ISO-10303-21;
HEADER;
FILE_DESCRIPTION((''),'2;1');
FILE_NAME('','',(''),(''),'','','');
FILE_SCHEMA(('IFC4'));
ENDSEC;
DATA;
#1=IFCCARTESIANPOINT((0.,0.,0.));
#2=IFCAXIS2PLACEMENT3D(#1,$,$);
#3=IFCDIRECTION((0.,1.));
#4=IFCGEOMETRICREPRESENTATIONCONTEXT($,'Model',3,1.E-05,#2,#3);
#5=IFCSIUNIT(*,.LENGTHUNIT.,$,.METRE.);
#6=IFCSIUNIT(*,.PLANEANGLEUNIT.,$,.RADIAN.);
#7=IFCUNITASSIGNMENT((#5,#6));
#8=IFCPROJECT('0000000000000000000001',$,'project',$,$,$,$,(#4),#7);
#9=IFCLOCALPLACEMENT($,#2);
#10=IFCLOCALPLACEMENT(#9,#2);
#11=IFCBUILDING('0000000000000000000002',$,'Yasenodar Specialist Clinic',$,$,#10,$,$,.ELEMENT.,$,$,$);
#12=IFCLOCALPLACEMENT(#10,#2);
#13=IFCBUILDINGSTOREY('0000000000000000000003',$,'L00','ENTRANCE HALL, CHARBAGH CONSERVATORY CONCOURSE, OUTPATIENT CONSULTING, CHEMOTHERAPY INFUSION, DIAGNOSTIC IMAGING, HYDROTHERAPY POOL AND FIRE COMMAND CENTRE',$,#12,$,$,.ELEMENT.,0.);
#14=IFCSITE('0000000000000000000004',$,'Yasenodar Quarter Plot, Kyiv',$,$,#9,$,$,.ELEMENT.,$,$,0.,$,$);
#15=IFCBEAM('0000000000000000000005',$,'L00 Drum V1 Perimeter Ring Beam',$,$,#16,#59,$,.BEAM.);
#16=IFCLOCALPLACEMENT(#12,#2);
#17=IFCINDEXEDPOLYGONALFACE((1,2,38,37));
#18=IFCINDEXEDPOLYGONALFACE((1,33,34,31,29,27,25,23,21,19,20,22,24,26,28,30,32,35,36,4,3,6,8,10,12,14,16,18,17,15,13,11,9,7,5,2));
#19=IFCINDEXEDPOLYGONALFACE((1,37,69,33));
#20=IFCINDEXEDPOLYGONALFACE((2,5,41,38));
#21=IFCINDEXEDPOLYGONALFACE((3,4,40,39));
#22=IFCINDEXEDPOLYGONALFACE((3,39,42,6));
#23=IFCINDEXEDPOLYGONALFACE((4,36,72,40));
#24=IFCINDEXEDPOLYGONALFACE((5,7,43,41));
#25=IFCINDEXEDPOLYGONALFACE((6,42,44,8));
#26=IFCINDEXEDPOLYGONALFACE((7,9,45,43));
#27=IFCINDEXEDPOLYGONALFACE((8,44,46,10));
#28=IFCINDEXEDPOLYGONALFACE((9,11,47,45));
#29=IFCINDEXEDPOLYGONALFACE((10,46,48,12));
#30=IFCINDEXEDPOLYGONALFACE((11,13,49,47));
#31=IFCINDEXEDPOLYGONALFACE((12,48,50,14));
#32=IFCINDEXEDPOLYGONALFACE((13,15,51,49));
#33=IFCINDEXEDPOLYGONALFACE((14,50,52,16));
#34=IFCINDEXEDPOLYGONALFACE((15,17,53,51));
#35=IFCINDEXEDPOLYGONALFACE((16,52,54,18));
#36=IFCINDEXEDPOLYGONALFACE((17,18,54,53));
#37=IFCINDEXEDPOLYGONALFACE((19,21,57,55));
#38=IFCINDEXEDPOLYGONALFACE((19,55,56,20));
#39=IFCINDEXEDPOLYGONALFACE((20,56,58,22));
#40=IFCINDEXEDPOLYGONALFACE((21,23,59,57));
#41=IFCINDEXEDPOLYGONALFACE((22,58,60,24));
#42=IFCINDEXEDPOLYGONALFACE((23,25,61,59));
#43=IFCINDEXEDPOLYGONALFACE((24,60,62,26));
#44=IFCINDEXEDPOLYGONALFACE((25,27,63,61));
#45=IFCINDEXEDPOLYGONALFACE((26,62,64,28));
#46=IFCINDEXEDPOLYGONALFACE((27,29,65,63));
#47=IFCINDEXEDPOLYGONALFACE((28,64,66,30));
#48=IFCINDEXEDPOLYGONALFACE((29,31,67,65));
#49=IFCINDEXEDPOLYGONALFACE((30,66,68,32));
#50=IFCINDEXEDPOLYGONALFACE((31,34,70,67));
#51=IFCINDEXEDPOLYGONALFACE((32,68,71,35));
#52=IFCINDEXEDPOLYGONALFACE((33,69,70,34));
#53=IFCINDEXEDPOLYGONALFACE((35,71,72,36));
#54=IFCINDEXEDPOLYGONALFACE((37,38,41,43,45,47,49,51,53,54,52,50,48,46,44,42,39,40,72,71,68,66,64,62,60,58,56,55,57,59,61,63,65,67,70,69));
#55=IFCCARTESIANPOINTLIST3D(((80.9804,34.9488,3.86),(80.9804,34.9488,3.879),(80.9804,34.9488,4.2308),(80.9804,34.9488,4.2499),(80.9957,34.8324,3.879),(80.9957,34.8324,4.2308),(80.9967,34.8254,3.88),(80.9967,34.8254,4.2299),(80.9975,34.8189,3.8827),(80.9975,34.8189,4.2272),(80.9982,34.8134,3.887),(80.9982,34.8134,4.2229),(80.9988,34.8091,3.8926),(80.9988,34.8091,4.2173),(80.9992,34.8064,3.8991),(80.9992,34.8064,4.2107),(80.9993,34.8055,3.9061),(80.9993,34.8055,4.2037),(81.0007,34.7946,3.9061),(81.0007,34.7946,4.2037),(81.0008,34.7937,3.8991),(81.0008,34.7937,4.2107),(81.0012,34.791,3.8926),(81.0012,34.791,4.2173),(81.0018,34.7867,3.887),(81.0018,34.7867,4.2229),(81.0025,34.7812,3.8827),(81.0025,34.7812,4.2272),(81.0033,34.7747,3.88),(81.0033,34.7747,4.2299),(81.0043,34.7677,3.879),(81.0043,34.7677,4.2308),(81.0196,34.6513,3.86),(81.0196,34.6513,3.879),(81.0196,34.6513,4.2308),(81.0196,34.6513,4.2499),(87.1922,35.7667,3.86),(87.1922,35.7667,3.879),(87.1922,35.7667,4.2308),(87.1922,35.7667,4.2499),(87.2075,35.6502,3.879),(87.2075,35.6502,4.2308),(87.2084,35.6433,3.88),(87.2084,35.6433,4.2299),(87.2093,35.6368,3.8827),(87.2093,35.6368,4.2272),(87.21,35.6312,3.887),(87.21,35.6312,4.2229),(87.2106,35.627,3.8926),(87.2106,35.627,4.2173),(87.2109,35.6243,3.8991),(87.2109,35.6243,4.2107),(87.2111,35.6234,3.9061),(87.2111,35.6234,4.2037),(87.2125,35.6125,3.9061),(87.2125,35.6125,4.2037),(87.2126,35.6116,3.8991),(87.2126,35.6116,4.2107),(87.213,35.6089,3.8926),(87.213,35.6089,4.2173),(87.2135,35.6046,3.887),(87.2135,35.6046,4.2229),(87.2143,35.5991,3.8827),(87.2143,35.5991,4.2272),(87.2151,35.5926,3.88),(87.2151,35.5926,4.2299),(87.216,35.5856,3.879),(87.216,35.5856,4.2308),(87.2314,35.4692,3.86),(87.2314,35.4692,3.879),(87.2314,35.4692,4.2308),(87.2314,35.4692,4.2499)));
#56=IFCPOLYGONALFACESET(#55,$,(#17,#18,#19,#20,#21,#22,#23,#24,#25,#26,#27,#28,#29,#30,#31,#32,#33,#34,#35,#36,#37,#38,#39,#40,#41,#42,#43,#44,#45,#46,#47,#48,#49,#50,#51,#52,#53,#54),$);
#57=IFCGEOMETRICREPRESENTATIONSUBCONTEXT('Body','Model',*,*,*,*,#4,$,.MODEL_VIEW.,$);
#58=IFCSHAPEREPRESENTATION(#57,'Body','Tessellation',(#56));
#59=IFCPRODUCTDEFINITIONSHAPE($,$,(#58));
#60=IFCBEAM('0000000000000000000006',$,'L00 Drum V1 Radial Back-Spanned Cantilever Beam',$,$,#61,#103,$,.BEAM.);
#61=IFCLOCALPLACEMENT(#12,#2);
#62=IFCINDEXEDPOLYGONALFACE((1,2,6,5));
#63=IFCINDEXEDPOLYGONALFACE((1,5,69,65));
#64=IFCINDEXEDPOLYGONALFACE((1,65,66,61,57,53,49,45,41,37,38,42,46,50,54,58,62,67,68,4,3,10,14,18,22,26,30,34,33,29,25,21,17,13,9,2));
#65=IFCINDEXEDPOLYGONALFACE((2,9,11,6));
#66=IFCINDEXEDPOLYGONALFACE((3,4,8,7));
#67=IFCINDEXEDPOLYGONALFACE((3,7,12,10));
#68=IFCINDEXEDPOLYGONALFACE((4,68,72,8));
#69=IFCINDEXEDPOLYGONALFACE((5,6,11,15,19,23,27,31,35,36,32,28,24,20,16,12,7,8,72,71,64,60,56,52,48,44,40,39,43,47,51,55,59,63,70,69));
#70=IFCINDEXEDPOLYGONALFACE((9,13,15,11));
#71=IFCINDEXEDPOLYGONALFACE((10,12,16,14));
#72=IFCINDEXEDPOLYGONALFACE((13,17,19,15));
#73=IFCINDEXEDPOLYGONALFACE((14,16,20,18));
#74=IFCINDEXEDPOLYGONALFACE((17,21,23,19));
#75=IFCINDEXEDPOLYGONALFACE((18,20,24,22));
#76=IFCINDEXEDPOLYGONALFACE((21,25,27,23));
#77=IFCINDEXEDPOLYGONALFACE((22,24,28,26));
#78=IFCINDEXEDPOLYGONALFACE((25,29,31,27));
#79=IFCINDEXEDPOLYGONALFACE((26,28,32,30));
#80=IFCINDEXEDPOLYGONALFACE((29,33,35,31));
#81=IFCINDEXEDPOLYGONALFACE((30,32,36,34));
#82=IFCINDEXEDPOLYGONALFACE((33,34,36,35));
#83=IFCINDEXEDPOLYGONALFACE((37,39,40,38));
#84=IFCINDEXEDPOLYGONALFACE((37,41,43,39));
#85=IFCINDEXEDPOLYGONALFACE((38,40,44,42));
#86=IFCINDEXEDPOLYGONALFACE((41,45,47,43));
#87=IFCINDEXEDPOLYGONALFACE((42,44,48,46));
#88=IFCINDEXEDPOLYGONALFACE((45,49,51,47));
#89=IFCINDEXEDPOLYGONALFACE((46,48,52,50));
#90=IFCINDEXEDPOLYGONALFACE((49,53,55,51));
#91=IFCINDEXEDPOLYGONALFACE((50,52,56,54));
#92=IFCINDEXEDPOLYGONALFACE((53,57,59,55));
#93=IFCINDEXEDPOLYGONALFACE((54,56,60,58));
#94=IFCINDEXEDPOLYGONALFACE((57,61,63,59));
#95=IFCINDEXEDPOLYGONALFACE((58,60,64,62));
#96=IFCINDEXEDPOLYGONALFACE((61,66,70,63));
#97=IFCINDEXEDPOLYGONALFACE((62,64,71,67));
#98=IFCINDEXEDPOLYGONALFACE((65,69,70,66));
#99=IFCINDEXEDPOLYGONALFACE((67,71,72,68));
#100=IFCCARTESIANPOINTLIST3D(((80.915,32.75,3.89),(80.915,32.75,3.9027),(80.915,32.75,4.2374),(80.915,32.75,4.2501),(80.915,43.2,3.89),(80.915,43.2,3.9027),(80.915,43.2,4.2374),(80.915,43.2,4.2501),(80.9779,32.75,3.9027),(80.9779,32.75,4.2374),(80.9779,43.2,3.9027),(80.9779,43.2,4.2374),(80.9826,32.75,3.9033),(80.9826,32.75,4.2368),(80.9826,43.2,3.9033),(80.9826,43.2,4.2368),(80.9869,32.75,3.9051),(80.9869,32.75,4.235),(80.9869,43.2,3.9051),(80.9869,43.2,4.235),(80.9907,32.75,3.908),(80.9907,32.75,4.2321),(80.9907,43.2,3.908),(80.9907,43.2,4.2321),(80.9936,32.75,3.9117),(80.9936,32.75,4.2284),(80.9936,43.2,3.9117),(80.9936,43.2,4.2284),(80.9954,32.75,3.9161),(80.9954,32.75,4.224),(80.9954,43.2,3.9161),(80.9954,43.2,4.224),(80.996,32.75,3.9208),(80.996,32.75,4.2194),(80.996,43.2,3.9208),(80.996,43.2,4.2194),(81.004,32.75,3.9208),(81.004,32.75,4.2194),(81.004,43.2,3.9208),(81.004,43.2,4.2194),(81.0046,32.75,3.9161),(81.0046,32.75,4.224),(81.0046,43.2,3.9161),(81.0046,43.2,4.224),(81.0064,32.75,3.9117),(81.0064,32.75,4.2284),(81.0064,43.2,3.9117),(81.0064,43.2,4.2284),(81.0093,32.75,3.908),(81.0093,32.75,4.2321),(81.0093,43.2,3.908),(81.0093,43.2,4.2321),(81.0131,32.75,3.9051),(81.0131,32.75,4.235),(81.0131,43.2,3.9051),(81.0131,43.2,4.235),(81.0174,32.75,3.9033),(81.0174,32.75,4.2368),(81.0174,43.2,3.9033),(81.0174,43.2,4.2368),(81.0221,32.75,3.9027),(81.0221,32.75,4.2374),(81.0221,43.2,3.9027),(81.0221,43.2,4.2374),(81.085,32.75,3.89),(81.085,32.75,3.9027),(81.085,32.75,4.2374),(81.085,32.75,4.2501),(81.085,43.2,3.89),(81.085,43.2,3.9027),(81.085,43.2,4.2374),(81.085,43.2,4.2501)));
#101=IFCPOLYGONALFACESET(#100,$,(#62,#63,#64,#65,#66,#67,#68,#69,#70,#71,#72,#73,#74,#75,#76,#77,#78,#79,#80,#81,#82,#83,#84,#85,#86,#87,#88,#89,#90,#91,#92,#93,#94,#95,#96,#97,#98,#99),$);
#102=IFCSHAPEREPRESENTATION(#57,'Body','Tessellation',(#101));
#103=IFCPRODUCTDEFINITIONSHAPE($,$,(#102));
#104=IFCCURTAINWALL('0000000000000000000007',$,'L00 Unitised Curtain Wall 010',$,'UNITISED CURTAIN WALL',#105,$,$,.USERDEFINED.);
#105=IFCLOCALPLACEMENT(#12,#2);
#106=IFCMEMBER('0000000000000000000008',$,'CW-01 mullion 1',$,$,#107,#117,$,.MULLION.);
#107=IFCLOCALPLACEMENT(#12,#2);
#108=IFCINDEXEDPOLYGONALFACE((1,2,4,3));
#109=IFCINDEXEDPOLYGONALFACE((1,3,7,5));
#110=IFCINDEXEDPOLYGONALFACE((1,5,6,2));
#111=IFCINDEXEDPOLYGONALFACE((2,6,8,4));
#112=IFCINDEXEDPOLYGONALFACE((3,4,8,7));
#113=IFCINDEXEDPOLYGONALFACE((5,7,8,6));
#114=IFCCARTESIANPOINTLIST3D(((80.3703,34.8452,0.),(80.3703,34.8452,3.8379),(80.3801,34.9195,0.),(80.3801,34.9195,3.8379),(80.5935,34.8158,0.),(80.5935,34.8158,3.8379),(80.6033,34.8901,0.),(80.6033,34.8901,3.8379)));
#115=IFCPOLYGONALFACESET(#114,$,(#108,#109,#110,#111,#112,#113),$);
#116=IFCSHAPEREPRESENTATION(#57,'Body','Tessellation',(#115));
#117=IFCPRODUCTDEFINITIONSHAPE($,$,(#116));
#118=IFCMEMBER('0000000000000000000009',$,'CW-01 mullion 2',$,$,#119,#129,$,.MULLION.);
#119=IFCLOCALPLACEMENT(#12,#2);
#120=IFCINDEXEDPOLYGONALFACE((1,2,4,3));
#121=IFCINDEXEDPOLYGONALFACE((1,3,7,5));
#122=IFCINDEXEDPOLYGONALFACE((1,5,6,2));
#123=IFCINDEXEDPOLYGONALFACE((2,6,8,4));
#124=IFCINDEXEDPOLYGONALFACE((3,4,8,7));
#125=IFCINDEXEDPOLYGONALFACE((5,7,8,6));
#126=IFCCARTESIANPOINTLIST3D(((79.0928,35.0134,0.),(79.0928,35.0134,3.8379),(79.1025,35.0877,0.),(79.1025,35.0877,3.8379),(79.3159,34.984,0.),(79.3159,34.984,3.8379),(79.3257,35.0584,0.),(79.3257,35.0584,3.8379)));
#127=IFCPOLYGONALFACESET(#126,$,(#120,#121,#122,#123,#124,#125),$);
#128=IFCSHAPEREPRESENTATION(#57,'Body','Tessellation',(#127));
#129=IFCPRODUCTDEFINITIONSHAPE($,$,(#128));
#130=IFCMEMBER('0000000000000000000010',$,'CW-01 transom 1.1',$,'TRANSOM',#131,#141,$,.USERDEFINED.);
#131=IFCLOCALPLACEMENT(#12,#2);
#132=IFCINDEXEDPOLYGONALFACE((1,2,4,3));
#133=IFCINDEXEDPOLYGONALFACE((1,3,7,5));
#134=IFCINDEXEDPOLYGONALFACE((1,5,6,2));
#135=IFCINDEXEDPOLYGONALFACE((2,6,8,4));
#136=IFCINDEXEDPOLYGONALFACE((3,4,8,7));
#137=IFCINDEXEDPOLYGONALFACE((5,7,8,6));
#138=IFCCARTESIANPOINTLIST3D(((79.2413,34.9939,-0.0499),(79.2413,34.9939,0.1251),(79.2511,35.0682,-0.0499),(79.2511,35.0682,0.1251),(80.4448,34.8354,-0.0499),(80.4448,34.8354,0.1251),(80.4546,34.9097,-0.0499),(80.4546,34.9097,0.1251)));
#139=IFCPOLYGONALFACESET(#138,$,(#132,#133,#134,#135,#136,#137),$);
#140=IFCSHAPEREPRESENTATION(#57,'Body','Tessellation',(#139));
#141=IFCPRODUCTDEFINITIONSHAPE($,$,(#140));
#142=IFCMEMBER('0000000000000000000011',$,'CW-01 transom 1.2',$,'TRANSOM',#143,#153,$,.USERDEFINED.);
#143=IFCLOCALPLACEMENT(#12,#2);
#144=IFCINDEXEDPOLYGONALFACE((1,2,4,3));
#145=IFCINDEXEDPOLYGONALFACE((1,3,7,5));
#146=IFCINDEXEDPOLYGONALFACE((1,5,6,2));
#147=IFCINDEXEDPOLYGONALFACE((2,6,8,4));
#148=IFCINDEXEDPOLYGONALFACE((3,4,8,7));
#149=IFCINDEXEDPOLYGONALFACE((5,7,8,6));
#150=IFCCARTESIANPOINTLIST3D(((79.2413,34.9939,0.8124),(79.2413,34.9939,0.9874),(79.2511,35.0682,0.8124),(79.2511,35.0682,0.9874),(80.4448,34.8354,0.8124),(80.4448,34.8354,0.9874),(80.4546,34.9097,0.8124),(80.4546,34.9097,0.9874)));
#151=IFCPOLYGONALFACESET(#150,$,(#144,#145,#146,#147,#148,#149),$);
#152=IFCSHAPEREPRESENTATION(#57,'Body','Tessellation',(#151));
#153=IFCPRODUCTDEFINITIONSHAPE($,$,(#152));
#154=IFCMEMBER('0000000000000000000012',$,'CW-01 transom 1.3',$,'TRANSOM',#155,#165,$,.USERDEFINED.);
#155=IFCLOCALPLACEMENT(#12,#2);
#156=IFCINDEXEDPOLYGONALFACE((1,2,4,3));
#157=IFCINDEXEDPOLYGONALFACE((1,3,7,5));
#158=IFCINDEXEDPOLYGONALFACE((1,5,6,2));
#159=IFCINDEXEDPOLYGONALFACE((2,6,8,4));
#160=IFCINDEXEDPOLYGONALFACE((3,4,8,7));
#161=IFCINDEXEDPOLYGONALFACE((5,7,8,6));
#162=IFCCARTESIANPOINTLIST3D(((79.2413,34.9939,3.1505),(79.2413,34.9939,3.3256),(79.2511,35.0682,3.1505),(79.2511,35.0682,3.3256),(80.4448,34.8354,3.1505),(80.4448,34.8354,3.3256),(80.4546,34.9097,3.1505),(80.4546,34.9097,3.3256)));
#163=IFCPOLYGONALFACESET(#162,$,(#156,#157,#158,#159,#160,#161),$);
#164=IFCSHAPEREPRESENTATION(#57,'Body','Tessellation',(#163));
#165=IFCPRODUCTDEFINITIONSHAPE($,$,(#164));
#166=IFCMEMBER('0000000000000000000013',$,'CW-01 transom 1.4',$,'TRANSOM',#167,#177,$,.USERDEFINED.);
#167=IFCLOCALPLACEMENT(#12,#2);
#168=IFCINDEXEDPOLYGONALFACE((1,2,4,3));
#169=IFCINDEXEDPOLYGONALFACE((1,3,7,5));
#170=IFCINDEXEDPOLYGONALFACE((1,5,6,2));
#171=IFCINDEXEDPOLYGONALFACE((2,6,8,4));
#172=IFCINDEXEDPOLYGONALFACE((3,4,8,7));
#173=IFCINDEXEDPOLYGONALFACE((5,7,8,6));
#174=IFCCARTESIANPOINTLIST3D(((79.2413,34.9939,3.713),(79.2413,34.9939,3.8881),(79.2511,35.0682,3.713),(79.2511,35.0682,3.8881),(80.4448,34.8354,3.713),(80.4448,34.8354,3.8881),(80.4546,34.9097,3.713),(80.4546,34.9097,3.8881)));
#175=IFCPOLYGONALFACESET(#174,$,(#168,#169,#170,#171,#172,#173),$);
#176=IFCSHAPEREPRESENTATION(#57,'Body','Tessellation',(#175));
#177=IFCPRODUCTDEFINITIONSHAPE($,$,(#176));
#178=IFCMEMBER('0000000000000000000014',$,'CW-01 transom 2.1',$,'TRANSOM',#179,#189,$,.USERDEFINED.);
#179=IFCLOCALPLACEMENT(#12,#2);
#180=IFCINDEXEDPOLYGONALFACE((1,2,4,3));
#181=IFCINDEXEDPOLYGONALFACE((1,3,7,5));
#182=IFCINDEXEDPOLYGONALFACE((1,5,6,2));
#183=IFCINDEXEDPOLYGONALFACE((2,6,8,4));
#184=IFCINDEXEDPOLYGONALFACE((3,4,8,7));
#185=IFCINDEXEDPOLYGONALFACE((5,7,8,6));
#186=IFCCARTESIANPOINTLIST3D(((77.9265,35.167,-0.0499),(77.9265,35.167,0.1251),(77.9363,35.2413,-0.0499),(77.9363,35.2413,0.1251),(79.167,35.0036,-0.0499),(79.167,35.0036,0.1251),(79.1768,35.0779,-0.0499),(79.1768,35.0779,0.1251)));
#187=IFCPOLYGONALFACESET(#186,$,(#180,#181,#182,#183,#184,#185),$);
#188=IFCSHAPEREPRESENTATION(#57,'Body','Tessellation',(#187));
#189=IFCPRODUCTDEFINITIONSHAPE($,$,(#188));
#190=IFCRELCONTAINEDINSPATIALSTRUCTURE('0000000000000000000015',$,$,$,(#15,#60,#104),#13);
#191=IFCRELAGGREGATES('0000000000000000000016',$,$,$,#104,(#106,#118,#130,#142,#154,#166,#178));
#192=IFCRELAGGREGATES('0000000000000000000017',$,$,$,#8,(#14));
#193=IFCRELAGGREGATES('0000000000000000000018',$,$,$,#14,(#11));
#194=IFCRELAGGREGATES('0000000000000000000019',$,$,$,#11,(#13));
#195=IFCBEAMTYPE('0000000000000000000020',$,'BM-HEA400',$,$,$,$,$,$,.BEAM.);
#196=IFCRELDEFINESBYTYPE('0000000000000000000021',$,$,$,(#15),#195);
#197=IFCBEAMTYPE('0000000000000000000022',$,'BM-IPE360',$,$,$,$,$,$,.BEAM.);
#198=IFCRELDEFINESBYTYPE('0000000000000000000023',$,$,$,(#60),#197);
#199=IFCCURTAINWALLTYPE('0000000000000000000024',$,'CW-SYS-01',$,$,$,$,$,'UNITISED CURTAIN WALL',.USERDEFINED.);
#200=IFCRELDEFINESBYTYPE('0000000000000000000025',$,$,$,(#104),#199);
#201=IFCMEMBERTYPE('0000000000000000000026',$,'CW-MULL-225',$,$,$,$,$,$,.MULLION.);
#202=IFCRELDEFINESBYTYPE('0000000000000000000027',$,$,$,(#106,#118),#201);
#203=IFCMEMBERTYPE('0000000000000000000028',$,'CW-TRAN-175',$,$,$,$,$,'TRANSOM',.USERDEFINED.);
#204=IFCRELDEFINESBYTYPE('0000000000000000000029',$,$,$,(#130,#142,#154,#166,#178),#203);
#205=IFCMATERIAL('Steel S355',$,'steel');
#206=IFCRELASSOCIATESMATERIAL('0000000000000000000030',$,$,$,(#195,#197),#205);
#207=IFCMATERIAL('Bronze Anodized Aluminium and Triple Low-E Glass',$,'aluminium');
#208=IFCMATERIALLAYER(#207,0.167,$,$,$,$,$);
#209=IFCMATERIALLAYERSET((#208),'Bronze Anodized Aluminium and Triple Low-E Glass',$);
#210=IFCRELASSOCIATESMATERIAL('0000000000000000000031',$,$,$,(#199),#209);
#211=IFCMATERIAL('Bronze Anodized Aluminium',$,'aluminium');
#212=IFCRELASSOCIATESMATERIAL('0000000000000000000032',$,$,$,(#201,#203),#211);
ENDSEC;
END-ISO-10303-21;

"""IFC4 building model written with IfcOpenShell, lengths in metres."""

from ifc_helpers import new_model, si_unit, direction, frame, origin, origin_2d, place, context, subcontext, project, spatial, rectangle, i_section, extrude, material, layer, layer_set, material_profile, profile_set, type_object, element, aggregate, save


model = new_model("IFC4")

# Units and contexts
model_context = context("Model", 3, precision=1e-05, world=origin(), true_north=direction((0.0, 1.0)))
body_context = subcontext(model_context, "Body", "Model", "MODEL_VIEW")
ifc_project = project(units=[si_unit("LENGTHUNIT", "METRE"), si_unit("PLANEANGLEUNIT", "RADIAN")], contexts=[model_context])

# Site, building, storey
site_placement = place(None, origin())
site = spatial("IfcSite", under=ifc_project, at=site_placement, Name="Yasenodar Quarter Plot, Kyiv", CompositionType="ELEMENT", RefElevation=0.0)
building_placement = place(site_placement, origin())
building = spatial("IfcBuilding", under=site, at=building_placement, Name="Yasenodar Specialist Clinic", CompositionType="ELEMENT")
storey_placement = place(building_placement, origin())
storey = spatial("IfcBuildingStorey", under=building, at=storey_placement, Name="L00", Description="ENTRANCE HALL, CHARBAGH CONSERVATORY CONCOURSE, OUTPATIENT CONSULTING, CHEMOTHERAPY INFUSION, DIAGNOSTIC IMAGING, HYDROTHERAPY POOL AND FIRE COMMAND CENTRE", CompositionType="ELEMENT", Elevation=0.0)

# Shared definitions
ifc_material_1 = material(Name="Steel S355", Category="steel")

# Beams
ifc_material_profile_1 = material_profile(ifc_material_1, i_section(OverallWidth=0.3, OverallDepth=0.3899, WebThickness=0.011, FlangeThickness=0.019, FilletRadius=0.0271, at=origin_2d()), Name="HEA 400")
ifc_profile_set_1 = profile_set([ifc_material_profile_1], Name="Steel S355")
beam_type_1 = type_object("IfcBeamType", Name="BM-HEA400", PredefinedType="BEAM", material=ifc_profile_set_1)
beam_1_placement = place(storey_placement, frame((81.0, 34.8, 4.0549), z_axis=(0.991443, 0.13054, 0.0), x_axis=(-0.13054, 0.991443, 0.0)))
element("IfcBeam", 1, at=beam_1_placement, inside=storey, type_object=beam_type_1, Name="L00 Drum V1 Perimeter Ring Beam", PredefinedType="BEAM", context=body_context, shape_type="SweptSolid", body=[
    extrude(i_section(OverallWidth=0.3, OverallDepth=0.3899, WebThickness=0.011, FlangeThickness=0.019, FilletRadius=0.0271, at=origin_2d()), origin(), (0.0, 0.0, 1.0), 6.2654),
])
ifc_material_profile_2 = material_profile(ifc_material_1, i_section(OverallWidth=0.1699, OverallDepth=0.3601, WebThickness=0.0081, FlangeThickness=0.0127, FilletRadius=0.0181, at=origin_2d()), Name="IPE 360")
ifc_profile_set_2 = profile_set([ifc_material_profile_2], Name="Steel S355")
beam_type_2 = type_object("IfcBeamType", Name="BM-IPE360", PredefinedType="BEAM", material=ifc_profile_set_2)
beam_2_placement = place(storey_placement, frame((81.0, 43.2, 4.0701), z_axis=(0.0, -1.0, 0.0), x_axis=(1.0, 0.0, 0.0)))
element("IfcBeam", 2, at=beam_2_placement, inside=storey, type_object=beam_type_2, Name="L00 Drum V1 Radial Back-Spanned Cantilever Beam", PredefinedType="BEAM", context=body_context, shape_type="SweptSolid", body=[
    extrude(i_section(OverallWidth=0.1699, OverallDepth=0.3601, WebThickness=0.0081, FlangeThickness=0.0127, FilletRadius=0.0181, at=origin_2d()), origin(), (0.0, 0.0, 1.0), 10.45),
])

# Curtain wall, members
ifc_material_2 = material(Name="Bronze Anodized Aluminium and Triple Low-E Glass", Category="aluminium")
ifc_layer_1 = layer(ifc_material_2, 0.167)
ifc_layer_set_1 = layer_set([ifc_layer_1], Name="Bronze Anodized Aluminium and Triple Low-E Glass")
curtain_wall_type = type_object("IfcCurtainWallType", Name="CW-SYS-01", ElementType="UNITISED CURTAIN WALL", PredefinedType="USERDEFINED", material=ifc_layer_set_1)
curtain_wall_placement = place(storey_placement, origin())
curtain_wall = element("IfcCurtainWall", 3, at=curtain_wall_placement, inside=storey, type_object=curtain_wall_type, Name="L00 Unitised Curtain Wall 010", ObjectType="UNITISED CURTAIN WALL", PredefinedType="USERDEFINED")
ifc_material_3 = material(Name="Bronze Anodized Aluminium", Category="aluminium")
ifc_material_profile_3 = material_profile(ifc_material_3, rectangle(XDim=0.075, YDim=0.2251, at=origin_2d()), Name="CW-MULL 75x225")
ifc_profile_set_3 = profile_set([ifc_material_profile_3], Name="Bronze Anodized Aluminium")
member_type_1 = type_object("IfcMemberType", Name="CW-MULL-225", PredefinedType="MULLION", material=ifc_profile_set_3)
member_1_placement = place(storey_placement, frame((80.4868, 34.8677, 0.0), z_axis=(0.0, 0.0, 1.0), x_axis=(-0.130512, -0.991447, 0.0)))
member_1 = element("IfcMember", 4, at=member_1_placement, type_object=member_type_1, Name="CW-01 mullion 1", PredefinedType="MULLION", context=body_context, shape_type="SweptSolid", body=[
    extrude(rectangle(XDim=0.075, YDim=0.2251, at=origin_2d()), origin(), (0.0, 0.0, 1.0), 3.8379),
])
member_2_placement = place(storey_placement, frame((79.2092, 35.0359, 0.0), z_axis=(0.0, 0.0, 1.0), x_axis=(-0.130512, -0.991447, 0.0)))
member_2 = element("IfcMember", 5, at=member_2_placement, type_object=member_type_1, Name="CW-01 mullion 2", PredefinedType="MULLION", context=body_context, shape_type="SweptSolid", body=[
    extrude(rectangle(XDim=0.075, YDim=0.2251, at=origin_2d()), origin(), (0.0, 0.0, 1.0), 3.8379),
])
ifc_material_profile_4 = material_profile(ifc_material_3, rectangle(XDim=0.075, YDim=0.175, at=origin_2d()), Name="CW-TRAN 75x175")
ifc_profile_set_4 = profile_set([ifc_material_profile_4], Name="Bronze Anodized Aluminium")
member_type_2 = type_object("IfcMemberType", Name="CW-TRAN-175", ElementType="TRANSOM", PredefinedType="USERDEFINED", material=ifc_profile_set_4)
member_3_placement = place(storey_placement, frame((80.4497, 34.8726, 0.0376), z_axis=(-0.991443, 0.130543, 0.0), x_axis=(-0.130543, -0.991443, 0.0)))
member_3 = element("IfcMember", 6, at=member_3_placement, type_object=member_type_2, Name="CW-01 transom 1.1", ObjectType="TRANSOM", PredefinedType="USERDEFINED", context=body_context, shape_type="SweptSolid", body=[
    extrude(rectangle(XDim=0.075, YDim=0.175, at=origin_2d()), origin(), (0.0, 0.0, 1.0), 1.2139),
])
member_4_placement = place(storey_placement, frame((80.4497, 34.8726, 0.8999), z_axis=(-0.991443, 0.130543, 0.0), x_axis=(-0.130543, -0.991443, 0.0)))
member_4 = element("IfcMember", 7, at=member_4_placement, type_object=member_type_2, Name="CW-01 transom 1.2", ObjectType="TRANSOM", PredefinedType="USERDEFINED", context=body_context, shape_type="SweptSolid", body=[
    extrude(rectangle(XDim=0.075, YDim=0.175, at=origin_2d()), origin(), (0.0, 0.0, 1.0), 1.2139),
])
member_5_placement = place(storey_placement, frame((80.4497, 34.8726, 3.238), z_axis=(-0.991443, 0.130543, 0.0), x_axis=(-0.130543, -0.991443, 0.0)))
member_5 = element("IfcMember", 8, at=member_5_placement, type_object=member_type_2, Name="CW-01 transom 1.3", ObjectType="TRANSOM", PredefinedType="USERDEFINED", context=body_context, shape_type="SweptSolid", body=[
    extrude(rectangle(XDim=0.075, YDim=0.175, at=origin_2d()), origin(), (0.0, 0.0, 1.0), 1.2139),
])
member_6_placement = place(storey_placement, frame((80.4497, 34.8726, 3.8005), z_axis=(-0.991443, 0.130543, 0.0), x_axis=(-0.130543, -0.991443, 0.0)))
member_6 = element("IfcMember", 9, at=member_6_placement, type_object=member_type_2, Name="CW-01 transom 1.4", ObjectType="TRANSOM", PredefinedType="USERDEFINED", context=body_context, shape_type="SweptSolid", body=[
    extrude(rectangle(XDim=0.075, YDim=0.175, at=origin_2d()), origin(), (0.0, 0.0, 1.0), 1.2139),
])
member_7_placement = place(storey_placement, frame((79.1719, 35.0408, 0.0376), z_axis=(-0.991443, 0.13054, 0.0), x_axis=(-0.13054, -0.991443, 0.0)))
member_7 = element("IfcMember", 10, at=member_7_placement, type_object=member_type_2, Name="CW-01 transom 2.1", ObjectType="TRANSOM", PredefinedType="USERDEFINED", context=body_context, shape_type="SweptSolid", body=[
    extrude(rectangle(XDim=0.075, YDim=0.175, at=origin_2d()), origin(), (0.0, 0.0, 1.0), 1.2512),
])
aggregate(curtain_wall, [member_1, member_2, member_3, member_4, member_5, member_6, member_7])

save(model, "model.ifc")
